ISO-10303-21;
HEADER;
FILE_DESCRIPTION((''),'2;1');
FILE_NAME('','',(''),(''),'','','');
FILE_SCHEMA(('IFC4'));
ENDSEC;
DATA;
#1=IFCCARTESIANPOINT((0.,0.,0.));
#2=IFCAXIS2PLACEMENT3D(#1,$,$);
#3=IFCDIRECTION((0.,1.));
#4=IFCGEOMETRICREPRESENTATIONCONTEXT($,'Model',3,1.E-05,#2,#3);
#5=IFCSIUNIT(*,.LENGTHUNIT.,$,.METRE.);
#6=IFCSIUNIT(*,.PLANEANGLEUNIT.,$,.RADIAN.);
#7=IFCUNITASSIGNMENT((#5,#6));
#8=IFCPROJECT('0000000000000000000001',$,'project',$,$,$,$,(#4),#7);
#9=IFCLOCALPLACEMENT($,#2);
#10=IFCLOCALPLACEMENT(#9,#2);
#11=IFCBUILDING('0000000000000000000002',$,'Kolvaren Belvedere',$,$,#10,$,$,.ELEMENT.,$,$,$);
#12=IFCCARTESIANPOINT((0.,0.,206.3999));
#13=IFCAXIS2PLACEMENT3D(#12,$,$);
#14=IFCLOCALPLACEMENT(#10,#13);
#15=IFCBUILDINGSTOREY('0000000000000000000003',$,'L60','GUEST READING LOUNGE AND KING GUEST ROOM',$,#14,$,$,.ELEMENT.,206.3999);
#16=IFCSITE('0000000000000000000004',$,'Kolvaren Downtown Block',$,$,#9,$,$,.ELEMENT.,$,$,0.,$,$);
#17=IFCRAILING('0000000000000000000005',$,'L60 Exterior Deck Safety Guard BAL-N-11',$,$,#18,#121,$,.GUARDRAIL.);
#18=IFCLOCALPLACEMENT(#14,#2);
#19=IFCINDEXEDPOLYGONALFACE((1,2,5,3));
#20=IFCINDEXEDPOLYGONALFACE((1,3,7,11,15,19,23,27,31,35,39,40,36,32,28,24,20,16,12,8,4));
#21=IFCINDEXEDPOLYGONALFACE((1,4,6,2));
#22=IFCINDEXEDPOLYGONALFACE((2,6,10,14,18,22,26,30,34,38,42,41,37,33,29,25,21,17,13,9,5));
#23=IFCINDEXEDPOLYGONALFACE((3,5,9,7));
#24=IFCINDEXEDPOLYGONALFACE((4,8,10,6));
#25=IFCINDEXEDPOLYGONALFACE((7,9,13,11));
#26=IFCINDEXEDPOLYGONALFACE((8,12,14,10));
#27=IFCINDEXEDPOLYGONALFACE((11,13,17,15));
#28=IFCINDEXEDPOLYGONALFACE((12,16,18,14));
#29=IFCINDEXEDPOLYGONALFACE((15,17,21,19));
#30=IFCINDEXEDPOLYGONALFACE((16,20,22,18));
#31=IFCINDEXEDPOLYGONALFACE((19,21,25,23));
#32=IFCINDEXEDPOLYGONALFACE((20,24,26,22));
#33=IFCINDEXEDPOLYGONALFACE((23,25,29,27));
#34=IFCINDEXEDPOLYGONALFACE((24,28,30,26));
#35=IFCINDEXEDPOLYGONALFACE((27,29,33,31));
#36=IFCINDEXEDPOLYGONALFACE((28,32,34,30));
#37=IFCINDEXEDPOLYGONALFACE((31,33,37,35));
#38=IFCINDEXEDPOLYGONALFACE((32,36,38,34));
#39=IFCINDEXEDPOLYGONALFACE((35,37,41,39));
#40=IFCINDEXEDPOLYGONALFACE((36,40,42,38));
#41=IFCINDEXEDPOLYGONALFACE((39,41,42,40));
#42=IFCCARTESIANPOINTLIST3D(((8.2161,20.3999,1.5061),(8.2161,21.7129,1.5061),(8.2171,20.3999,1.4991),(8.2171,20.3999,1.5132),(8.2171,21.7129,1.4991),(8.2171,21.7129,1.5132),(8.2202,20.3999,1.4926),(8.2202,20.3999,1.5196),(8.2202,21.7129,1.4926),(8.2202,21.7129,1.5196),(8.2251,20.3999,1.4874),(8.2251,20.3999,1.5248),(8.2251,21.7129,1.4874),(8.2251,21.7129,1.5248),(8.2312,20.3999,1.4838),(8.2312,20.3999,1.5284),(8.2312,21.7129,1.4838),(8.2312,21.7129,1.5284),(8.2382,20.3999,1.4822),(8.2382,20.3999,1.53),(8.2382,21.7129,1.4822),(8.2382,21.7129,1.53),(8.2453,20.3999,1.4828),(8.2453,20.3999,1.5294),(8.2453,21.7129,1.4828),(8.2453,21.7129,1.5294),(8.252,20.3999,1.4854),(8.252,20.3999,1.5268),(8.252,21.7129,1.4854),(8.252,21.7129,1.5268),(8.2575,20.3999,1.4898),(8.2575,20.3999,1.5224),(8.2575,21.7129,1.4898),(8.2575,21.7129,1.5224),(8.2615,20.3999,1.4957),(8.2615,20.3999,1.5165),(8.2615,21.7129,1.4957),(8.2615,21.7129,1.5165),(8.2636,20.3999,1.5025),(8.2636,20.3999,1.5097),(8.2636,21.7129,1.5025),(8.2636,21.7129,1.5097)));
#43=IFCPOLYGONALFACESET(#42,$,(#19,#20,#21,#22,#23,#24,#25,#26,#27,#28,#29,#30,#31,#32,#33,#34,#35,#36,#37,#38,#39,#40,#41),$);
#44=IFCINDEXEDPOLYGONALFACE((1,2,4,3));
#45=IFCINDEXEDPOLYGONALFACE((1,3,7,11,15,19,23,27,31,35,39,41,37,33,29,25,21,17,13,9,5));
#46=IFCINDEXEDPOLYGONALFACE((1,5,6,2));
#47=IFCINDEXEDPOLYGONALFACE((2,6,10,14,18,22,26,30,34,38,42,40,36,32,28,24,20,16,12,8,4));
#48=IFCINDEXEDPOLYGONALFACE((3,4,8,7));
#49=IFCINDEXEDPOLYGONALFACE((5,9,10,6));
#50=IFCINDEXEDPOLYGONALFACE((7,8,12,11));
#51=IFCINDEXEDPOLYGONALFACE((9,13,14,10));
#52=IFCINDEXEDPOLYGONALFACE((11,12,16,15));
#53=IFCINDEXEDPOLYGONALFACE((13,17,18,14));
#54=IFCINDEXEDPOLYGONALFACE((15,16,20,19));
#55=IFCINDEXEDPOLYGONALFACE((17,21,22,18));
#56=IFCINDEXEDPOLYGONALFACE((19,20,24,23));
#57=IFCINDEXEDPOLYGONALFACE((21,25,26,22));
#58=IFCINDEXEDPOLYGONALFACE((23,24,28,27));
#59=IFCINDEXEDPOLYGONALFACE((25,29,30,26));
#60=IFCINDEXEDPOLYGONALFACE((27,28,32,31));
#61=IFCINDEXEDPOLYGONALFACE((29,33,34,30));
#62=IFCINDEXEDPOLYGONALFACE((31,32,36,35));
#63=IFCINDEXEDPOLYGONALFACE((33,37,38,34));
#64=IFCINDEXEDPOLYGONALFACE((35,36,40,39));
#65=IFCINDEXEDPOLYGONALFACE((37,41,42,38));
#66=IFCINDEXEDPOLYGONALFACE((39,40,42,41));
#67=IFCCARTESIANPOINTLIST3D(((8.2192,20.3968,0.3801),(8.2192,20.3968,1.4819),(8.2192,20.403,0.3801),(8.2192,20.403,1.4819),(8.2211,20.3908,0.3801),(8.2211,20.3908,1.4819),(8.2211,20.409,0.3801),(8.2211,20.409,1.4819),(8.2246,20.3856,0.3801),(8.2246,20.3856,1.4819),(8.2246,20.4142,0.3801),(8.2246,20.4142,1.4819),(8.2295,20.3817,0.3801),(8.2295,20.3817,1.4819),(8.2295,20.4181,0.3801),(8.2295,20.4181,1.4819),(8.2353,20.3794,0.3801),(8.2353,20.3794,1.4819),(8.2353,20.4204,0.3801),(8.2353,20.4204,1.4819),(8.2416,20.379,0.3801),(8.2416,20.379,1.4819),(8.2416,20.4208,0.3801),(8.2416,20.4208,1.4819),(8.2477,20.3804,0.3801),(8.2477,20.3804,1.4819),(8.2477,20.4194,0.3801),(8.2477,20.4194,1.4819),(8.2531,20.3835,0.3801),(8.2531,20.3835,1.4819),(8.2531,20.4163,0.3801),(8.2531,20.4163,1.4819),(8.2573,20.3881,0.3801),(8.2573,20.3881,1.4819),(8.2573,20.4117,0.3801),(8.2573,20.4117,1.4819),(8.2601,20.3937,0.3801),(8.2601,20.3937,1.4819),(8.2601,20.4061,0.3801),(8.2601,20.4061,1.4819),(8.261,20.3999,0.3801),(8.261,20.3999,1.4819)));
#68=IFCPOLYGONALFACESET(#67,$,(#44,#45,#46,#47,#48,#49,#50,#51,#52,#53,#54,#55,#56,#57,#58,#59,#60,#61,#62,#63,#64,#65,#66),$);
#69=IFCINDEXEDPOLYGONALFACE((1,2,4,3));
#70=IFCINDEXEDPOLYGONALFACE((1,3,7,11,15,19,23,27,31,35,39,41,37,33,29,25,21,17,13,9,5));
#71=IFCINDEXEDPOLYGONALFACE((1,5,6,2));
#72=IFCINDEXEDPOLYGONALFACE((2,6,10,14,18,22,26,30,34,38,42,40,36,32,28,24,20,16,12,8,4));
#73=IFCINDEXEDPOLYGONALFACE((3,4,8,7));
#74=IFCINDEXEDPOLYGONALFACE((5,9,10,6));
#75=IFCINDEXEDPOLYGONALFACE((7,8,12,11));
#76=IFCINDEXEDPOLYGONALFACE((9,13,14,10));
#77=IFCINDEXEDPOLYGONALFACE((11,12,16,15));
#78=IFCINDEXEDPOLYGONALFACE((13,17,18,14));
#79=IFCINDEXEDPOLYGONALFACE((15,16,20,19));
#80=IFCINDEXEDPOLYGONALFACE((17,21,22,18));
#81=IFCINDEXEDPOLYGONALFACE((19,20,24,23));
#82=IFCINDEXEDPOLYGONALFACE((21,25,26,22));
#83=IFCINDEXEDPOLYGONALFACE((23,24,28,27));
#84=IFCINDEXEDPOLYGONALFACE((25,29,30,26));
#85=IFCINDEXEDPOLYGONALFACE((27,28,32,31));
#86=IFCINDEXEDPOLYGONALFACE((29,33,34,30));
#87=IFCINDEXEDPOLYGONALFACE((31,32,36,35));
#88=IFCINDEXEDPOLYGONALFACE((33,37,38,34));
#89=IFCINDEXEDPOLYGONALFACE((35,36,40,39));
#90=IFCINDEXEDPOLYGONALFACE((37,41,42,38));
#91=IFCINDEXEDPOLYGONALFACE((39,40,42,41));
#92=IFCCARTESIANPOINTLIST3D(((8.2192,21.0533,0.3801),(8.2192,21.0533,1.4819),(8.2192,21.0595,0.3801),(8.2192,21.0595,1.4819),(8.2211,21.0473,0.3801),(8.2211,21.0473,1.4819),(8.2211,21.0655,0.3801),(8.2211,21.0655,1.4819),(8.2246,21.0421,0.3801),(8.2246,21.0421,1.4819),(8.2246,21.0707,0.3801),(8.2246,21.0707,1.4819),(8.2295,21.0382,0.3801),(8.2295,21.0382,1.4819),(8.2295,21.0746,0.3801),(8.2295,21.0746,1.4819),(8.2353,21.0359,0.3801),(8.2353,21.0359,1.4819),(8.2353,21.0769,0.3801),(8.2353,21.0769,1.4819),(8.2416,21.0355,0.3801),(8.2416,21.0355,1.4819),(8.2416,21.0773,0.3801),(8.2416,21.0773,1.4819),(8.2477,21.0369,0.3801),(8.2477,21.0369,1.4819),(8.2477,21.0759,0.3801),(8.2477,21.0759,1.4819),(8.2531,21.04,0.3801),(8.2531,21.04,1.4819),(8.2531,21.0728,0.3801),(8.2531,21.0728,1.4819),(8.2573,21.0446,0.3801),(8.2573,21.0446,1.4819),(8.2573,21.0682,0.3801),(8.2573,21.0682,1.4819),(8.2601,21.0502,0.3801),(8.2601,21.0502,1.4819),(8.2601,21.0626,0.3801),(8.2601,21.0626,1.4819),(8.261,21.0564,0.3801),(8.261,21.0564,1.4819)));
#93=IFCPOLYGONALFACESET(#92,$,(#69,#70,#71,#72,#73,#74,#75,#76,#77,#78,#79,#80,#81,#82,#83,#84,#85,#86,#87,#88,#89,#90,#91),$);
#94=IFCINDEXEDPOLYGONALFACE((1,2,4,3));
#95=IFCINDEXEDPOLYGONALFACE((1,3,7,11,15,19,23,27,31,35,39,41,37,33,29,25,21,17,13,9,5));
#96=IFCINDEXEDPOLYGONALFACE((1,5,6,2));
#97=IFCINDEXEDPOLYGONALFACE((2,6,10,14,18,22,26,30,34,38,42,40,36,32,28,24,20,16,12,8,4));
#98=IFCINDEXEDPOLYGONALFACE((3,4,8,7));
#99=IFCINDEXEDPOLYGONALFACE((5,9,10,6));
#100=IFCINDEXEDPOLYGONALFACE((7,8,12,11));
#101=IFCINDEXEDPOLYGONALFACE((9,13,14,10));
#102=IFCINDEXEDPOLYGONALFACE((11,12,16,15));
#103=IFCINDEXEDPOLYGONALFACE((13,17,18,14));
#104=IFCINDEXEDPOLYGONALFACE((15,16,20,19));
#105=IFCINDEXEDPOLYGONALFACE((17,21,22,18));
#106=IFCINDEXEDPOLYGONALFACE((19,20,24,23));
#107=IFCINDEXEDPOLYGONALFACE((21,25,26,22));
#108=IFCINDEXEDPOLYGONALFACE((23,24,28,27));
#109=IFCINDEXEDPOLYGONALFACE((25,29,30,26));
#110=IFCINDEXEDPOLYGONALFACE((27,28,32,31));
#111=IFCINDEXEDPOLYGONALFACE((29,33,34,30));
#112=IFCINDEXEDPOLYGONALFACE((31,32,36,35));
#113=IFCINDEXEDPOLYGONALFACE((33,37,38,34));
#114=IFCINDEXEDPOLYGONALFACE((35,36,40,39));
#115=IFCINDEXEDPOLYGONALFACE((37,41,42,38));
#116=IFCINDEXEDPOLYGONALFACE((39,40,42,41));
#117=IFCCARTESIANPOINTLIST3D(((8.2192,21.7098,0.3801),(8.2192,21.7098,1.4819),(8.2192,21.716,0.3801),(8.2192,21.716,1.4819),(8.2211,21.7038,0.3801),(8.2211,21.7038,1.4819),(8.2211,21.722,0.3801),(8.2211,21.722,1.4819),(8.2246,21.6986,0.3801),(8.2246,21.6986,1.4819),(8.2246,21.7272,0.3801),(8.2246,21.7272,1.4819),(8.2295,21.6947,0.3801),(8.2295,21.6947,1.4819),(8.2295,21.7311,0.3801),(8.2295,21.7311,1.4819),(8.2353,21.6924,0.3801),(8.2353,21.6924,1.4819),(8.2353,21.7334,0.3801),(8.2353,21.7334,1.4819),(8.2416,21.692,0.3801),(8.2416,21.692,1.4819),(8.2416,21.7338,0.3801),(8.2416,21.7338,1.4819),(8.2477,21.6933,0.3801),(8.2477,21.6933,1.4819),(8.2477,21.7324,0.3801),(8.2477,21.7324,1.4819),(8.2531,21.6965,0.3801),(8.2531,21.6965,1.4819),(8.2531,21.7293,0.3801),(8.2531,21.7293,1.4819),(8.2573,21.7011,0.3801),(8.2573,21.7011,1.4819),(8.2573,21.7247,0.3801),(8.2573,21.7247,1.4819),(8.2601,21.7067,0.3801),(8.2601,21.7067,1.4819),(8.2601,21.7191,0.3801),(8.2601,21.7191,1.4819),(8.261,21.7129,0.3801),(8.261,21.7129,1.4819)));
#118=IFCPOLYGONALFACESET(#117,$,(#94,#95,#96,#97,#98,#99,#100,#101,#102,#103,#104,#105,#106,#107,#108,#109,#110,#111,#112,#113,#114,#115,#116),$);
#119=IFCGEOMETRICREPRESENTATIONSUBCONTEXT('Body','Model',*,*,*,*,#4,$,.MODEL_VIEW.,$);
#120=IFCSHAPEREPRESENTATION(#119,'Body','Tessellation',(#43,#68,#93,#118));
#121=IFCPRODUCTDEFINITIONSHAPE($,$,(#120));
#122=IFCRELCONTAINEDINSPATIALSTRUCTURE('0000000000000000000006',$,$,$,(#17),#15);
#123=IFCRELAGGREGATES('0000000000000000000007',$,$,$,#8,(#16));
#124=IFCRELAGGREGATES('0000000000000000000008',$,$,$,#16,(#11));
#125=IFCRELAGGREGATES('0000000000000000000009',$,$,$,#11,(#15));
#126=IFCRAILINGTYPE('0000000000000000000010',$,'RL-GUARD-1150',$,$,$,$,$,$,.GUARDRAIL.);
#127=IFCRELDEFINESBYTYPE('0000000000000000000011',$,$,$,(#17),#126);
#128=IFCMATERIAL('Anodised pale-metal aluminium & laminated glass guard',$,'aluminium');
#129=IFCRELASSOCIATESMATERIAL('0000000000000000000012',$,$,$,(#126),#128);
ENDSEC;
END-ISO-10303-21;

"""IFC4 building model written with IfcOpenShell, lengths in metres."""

from ifc_helpers import new_model, si_unit, direction, frame, origin, origin_2d, place, context, subcontext, project, spatial, circle, extrude, material, type_object, element, save


model = new_model("IFC4")

# Units and contexts
model_context = context("Model", 3, precision=1e-05, world=origin(), true_north=direction((0.0, 1.0)))
body_context = subcontext(model_context, "Body", "Model", "MODEL_VIEW")
ifc_project = project(units=[si_unit("LENGTHUNIT", "METRE"), si_unit("PLANEANGLEUNIT", "RADIAN")], contexts=[model_context])

# Site, building, storey
site_placement = place(None, origin())
site = spatial("IfcSite", under=ifc_project, at=site_placement, Name="Kolvaren Downtown Block", CompositionType="ELEMENT", RefElevation=0.0)
building_placement = place(site_placement, origin())
building = spatial("IfcBuilding", under=site, at=building_placement, Name="Kolvaren Belvedere", CompositionType="ELEMENT")
storey_placement = place(building_placement, frame((0.0, 0.0, 206.3999)))
storey = spatial("IfcBuildingStorey", under=building, at=storey_placement, Name="L60", Description="GUEST READING LOUNGE AND KING GUEST ROOM", CompositionType="ELEMENT", Elevation=206.3999)

# Railing
ifc_material_1 = material(Name="Anodised pale-metal aluminium & laminated glass guard", Category="aluminium")
railing_type = type_object("IfcRailingType", Name="RL-GUARD-1150", PredefinedType="GUARDRAIL", material=ifc_material_1)
railing_1_placement = place(storey_placement, frame((8.24, 20.3999, 0.3801)))
element("IfcRailing", 1, at=railing_1_placement, inside=storey, type_object=railing_type, Name="L60 Exterior Deck Safety Guard BAL-N-11", PredefinedType="GUARDRAIL", context=body_context, shape_type="SweptSolid", body=[
    extrude(circle(Radius=0.0239, at=origin_2d()), frame((0.0, 0.0, 1.126), z_axis=(0.0, 1.0, 0.0), x_axis=(-1.0, 0.0, 0.0)), (0.0, 0.0, 1.0), 1.313),
    extrude(circle(Radius=0.021, at=origin_2d()), origin(), (0.0, 0.0, 1.0), 1.1018),
    extrude(circle(Radius=0.021, at=origin_2d()), frame((0.0, 0.6565, 0.0)), (0.0, 0.0, 1.0), 1.1018),
    extrude(circle(Radius=0.021, at=origin_2d()), frame((0.0, 1.313, 0.0)), (0.0, 0.0, 1.0), 1.1018),
])

save(model, "model.ifc")
